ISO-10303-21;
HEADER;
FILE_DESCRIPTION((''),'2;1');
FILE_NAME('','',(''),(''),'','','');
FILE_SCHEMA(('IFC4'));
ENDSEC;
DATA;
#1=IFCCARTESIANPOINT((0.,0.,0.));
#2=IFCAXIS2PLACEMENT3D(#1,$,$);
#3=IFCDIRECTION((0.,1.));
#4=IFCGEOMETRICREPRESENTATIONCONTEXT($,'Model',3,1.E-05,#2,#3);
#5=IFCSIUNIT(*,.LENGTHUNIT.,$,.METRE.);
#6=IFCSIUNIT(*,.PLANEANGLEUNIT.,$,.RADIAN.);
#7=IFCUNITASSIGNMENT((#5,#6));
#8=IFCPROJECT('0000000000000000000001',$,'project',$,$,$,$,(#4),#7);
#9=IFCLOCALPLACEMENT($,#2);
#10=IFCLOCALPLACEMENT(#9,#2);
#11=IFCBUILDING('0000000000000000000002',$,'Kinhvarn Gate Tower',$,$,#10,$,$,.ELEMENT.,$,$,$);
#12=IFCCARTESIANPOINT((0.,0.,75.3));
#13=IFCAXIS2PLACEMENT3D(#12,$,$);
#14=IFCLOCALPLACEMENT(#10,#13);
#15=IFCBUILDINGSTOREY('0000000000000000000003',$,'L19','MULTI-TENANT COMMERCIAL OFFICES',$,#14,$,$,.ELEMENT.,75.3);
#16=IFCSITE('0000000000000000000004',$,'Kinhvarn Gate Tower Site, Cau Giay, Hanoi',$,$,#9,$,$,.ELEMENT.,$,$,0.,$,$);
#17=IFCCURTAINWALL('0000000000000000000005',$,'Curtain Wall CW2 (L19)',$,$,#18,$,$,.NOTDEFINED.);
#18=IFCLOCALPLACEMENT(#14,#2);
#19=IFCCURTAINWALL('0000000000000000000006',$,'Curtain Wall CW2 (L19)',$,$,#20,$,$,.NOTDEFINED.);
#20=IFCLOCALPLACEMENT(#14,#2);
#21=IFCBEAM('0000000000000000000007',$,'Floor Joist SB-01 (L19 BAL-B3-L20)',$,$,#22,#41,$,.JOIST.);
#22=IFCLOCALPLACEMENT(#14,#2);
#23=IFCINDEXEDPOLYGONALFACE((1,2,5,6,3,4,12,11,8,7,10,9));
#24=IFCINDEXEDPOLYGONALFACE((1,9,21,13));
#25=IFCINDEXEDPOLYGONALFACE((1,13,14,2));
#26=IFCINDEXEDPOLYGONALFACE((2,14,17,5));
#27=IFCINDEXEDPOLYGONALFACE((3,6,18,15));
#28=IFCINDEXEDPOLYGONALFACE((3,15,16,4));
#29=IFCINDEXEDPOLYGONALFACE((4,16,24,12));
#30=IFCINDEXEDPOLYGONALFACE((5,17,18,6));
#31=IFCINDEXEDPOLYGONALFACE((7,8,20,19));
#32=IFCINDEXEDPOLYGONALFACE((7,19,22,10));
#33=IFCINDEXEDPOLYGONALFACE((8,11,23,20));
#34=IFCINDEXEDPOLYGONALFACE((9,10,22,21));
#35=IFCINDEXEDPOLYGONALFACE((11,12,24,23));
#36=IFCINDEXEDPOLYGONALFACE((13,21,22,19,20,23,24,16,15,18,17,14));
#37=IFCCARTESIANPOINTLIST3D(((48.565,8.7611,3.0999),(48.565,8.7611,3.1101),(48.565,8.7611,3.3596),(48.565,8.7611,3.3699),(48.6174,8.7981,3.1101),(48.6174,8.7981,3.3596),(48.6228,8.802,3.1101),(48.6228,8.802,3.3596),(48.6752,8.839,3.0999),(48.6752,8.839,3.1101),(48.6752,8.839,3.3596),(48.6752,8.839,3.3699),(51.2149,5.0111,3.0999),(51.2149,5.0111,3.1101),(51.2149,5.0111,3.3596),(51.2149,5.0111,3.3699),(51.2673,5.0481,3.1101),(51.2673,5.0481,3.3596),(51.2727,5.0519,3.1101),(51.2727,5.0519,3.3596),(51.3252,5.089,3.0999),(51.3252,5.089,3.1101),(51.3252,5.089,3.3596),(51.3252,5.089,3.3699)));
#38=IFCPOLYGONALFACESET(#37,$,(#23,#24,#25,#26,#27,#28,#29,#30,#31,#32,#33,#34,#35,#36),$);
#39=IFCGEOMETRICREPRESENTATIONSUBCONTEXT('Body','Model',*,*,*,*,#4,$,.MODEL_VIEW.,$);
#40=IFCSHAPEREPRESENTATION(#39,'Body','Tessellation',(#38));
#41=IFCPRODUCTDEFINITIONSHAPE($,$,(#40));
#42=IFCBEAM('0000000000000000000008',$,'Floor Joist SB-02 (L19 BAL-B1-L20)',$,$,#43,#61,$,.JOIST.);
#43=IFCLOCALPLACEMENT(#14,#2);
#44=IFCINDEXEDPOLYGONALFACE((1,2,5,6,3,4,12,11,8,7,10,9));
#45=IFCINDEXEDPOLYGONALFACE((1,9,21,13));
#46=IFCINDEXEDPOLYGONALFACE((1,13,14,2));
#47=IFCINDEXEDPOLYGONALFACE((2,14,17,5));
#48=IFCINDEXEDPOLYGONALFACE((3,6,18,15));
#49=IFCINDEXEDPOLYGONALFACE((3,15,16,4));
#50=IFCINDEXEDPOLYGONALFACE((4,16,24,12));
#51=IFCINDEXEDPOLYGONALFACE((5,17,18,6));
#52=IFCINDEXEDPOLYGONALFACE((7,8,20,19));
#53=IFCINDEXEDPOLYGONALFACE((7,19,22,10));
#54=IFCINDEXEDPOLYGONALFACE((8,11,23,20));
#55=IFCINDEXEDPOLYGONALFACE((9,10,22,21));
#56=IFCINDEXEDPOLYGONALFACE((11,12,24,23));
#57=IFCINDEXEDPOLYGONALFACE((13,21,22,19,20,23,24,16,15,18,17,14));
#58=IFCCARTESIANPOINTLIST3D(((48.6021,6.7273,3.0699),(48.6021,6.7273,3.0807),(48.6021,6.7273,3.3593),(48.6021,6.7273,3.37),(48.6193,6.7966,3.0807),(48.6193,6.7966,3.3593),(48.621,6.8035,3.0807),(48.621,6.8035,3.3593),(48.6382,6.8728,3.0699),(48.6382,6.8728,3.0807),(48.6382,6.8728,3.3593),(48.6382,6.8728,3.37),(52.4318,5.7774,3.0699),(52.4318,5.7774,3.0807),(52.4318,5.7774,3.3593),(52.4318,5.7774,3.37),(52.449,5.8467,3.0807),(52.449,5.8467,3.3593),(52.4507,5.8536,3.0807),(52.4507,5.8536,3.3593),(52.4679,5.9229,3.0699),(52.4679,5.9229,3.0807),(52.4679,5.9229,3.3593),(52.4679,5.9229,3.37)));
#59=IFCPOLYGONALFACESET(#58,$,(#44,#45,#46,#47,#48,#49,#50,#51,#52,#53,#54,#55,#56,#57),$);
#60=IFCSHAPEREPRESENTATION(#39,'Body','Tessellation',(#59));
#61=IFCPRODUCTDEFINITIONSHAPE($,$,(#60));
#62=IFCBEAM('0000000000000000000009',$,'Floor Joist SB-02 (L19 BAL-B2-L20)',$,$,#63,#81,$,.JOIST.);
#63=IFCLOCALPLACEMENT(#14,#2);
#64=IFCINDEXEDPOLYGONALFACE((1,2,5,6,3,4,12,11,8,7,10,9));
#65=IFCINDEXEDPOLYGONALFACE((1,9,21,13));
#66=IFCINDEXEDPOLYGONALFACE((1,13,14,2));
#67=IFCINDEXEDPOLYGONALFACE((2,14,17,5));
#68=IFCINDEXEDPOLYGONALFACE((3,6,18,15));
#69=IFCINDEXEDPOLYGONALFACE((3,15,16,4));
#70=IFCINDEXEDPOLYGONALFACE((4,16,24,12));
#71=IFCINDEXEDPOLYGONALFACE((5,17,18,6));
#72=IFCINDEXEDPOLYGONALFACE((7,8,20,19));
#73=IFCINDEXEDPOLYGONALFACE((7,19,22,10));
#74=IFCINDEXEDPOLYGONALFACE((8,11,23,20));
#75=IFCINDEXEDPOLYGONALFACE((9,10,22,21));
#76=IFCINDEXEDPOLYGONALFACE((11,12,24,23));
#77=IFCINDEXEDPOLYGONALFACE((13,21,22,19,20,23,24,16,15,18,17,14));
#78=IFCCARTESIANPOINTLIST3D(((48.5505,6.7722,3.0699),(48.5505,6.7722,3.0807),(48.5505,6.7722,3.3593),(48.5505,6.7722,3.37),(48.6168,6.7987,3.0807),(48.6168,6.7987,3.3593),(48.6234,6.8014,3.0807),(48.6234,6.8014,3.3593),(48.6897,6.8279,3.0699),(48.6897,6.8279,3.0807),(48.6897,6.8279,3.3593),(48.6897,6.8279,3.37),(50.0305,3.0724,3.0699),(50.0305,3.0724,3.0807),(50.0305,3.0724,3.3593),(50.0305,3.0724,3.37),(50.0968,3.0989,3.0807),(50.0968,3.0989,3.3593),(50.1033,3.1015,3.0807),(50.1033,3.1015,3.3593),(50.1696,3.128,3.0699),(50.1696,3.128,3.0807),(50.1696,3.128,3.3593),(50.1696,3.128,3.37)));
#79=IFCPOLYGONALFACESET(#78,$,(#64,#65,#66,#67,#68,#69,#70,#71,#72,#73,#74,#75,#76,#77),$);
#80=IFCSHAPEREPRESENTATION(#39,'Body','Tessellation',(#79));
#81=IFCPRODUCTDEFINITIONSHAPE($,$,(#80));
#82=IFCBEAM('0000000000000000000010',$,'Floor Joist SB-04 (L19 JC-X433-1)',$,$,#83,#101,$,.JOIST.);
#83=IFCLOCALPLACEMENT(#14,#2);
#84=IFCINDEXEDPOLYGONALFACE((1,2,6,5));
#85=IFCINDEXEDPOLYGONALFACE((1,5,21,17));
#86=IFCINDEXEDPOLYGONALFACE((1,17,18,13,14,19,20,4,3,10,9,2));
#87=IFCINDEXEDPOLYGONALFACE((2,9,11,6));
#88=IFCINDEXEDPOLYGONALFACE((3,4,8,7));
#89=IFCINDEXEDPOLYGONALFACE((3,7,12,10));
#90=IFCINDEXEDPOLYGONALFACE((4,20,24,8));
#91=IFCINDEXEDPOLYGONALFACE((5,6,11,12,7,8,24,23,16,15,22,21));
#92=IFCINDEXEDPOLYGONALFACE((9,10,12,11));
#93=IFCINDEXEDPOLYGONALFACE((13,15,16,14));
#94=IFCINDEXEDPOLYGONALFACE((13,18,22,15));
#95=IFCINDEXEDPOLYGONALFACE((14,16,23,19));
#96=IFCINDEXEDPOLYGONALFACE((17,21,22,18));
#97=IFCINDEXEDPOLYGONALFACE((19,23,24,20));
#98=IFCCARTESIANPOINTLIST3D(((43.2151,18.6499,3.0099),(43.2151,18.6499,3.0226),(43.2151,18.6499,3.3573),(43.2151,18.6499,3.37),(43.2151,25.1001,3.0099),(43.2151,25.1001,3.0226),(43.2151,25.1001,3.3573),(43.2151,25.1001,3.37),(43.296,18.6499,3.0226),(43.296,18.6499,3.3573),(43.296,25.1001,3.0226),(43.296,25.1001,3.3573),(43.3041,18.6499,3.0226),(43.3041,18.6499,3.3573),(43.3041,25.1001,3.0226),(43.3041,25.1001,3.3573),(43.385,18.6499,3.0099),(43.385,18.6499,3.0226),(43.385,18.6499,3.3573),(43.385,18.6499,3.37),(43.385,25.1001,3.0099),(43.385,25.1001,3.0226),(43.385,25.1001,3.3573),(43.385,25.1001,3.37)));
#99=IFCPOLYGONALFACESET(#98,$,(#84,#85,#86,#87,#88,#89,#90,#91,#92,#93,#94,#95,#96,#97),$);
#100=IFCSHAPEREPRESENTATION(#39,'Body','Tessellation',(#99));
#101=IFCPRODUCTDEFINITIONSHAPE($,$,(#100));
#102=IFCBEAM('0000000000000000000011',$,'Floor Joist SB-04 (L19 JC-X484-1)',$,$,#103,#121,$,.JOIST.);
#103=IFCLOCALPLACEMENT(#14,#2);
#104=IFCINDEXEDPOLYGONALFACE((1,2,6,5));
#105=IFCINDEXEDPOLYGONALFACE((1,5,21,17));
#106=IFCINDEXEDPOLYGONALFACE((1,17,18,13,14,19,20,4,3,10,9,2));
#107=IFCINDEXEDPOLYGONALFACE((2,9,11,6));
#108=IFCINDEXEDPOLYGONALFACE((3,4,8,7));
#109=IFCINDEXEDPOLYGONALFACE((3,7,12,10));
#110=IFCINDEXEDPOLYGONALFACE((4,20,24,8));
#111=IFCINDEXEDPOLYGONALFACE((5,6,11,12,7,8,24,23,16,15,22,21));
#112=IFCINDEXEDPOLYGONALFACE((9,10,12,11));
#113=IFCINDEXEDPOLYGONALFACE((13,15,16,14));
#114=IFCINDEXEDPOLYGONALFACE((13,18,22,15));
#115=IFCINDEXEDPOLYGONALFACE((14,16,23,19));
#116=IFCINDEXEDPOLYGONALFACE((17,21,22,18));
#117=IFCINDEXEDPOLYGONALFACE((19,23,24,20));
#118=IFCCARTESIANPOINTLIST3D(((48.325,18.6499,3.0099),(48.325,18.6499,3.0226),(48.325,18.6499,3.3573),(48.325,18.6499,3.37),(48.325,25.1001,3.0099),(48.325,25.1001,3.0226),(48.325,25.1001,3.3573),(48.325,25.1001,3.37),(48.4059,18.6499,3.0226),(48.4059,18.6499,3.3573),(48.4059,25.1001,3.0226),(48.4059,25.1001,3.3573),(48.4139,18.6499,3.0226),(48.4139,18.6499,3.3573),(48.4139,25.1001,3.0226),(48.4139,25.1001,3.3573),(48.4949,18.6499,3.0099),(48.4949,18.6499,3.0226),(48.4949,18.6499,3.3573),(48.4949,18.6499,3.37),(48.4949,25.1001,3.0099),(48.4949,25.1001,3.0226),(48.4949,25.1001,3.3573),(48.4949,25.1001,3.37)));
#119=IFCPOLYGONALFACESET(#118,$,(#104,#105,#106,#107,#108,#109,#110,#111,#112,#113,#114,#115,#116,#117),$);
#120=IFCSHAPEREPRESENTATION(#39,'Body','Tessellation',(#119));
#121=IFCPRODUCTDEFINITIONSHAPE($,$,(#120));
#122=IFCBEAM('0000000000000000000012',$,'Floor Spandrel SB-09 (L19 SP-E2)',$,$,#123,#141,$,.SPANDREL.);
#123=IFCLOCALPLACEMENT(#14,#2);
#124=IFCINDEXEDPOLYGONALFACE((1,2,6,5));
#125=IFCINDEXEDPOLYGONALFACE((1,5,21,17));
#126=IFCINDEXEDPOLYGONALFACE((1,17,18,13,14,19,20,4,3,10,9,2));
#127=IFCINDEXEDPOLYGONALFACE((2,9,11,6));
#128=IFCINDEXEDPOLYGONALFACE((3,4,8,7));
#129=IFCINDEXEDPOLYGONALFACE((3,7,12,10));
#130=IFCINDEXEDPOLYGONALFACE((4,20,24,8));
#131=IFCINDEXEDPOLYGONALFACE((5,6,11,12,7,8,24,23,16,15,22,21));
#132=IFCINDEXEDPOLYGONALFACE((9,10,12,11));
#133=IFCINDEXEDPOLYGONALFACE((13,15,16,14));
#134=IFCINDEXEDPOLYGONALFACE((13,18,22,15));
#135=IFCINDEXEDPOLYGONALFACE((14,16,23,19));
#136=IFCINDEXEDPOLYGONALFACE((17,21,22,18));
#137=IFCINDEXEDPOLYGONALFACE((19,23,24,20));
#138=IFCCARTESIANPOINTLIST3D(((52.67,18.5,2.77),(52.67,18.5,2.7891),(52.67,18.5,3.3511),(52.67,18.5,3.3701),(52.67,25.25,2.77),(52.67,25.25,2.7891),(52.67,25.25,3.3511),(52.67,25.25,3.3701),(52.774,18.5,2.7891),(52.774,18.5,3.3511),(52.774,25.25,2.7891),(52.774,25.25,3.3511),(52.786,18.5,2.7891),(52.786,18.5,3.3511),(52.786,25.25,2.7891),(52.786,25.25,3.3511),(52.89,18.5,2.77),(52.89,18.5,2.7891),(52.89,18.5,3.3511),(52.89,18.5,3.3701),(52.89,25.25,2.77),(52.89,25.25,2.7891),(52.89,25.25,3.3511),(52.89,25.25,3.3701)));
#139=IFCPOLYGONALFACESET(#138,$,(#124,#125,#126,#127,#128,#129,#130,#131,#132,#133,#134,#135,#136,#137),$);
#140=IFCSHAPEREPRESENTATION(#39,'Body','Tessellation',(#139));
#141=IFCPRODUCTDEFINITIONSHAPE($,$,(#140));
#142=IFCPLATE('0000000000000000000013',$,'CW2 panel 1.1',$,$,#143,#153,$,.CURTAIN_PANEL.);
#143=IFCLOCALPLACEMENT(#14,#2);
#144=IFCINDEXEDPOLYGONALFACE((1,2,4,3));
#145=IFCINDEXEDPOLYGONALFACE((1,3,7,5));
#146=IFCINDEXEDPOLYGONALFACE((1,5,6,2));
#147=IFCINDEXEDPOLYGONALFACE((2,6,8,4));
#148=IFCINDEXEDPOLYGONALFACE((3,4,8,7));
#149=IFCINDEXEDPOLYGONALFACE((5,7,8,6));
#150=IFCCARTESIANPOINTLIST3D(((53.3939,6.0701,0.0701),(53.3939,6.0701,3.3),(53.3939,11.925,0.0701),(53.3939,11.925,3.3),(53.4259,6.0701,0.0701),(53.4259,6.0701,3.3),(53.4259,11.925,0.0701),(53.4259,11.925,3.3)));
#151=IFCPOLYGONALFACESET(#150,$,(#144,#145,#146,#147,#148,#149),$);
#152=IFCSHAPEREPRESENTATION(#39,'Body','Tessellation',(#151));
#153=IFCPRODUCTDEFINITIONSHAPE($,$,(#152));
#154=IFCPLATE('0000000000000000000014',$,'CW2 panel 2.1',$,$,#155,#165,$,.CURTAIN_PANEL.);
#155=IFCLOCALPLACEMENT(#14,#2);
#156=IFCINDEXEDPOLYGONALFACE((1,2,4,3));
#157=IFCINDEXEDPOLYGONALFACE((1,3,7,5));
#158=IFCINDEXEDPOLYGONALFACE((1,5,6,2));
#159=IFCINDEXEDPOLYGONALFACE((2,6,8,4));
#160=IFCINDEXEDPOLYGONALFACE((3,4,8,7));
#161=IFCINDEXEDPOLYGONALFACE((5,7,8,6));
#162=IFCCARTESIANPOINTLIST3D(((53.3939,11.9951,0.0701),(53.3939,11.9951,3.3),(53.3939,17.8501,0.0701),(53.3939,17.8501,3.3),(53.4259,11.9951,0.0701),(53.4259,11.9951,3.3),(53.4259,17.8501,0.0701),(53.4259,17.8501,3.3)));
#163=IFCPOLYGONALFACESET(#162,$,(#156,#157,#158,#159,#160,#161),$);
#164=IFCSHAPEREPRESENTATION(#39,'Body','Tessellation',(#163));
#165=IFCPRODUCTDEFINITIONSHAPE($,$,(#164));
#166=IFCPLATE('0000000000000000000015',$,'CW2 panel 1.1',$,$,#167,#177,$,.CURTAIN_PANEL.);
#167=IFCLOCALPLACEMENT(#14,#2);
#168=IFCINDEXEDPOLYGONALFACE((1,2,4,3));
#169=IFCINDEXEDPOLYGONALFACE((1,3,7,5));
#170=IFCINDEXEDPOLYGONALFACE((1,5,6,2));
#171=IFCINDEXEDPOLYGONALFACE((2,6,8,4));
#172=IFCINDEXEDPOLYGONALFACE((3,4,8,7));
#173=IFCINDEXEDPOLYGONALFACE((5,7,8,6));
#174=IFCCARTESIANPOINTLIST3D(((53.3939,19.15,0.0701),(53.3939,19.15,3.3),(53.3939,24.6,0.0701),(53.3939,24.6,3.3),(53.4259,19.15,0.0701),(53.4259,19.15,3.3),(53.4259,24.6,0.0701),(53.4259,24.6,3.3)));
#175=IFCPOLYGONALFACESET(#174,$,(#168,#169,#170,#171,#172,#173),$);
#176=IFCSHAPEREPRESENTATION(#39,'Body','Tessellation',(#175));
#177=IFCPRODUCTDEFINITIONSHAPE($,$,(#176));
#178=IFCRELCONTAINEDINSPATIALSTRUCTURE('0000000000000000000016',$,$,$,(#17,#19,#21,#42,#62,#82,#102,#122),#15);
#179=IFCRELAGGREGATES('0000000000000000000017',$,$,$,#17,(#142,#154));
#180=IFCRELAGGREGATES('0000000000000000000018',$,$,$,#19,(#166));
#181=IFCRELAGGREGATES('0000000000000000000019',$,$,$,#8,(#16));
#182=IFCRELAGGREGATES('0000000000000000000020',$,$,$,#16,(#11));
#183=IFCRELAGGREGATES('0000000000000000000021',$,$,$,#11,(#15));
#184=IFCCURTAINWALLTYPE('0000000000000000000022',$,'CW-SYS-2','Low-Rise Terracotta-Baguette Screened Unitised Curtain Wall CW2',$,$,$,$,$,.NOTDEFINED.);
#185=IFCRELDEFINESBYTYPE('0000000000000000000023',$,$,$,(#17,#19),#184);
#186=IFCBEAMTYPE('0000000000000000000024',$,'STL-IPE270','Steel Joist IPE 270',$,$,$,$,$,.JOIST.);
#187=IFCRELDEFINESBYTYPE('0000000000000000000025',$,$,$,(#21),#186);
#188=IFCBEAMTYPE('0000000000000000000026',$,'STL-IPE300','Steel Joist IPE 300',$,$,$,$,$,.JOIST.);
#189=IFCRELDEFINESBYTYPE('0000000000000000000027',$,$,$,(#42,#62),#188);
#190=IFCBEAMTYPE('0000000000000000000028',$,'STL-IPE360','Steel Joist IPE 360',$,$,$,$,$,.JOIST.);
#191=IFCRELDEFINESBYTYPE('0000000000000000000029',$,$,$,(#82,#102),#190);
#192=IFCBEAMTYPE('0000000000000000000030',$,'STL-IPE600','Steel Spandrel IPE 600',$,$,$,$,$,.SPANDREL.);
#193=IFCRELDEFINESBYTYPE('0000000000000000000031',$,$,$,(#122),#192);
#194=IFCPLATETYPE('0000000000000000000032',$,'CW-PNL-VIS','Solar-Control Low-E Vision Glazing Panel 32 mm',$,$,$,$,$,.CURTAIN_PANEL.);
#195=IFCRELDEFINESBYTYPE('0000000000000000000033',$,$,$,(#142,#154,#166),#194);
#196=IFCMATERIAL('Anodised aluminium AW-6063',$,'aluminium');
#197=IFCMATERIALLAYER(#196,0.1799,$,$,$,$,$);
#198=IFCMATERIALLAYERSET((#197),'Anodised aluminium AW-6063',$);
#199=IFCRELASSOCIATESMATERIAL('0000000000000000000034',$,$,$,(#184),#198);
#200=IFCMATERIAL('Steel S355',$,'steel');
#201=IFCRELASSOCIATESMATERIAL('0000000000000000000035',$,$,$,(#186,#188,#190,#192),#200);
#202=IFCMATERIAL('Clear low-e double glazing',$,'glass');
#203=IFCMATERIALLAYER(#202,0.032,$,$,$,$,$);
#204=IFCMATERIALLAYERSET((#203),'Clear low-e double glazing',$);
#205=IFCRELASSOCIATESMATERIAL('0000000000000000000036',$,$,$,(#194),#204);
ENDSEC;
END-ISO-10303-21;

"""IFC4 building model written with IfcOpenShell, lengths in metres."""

from ifc_helpers import new_model, si_unit, direction, frame, origin, origin_2d, place, context, subcontext, project, spatial, rectangle, i_section, extrude, material, layer, layer_set, material_profile, profile_set, type_object, element, aggregate, save


model = new_model("IFC4")

# Units and contexts
model_context = context("Model", 3, precision=1e-05, world=origin(), true_north=direction((0.0, 1.0)))
body_context = subcontext(model_context, "Body", "Model", "MODEL_VIEW")
ifc_project = project(units=[si_unit("LENGTHUNIT", "METRE"), si_unit("PLANEANGLEUNIT", "RADIAN")], contexts=[model_context])

# Site, building, storey
site_placement = place(None, origin())
site = spatial("IfcSite", under=ifc_project, at=site_placement, Name="Kinhvarn Gate Tower Site, Cau Giay, Hanoi", CompositionType="ELEMENT", RefElevation=0.0)
building_placement = place(site_placement, origin())
building = spatial("IfcBuilding", under=site, at=building_placement, Name="Kinhvarn Gate Tower", CompositionType="ELEMENT")
storey_placement = place(building_placement, frame((0.0, 0.0, 75.3)))
storey = spatial("IfcBuildingStorey", under=building, at=storey_placement, Name="L19", Description="MULTI-TENANT COMMERCIAL OFFICES", CompositionType="ELEMENT", Elevation=75.3)

# Curtain wall
ifc_material_1 = material(Name="Anodised aluminium AW-6063", Category="aluminium")
ifc_layer_1 = layer(ifc_material_1, 0.1799)
ifc_layer_set_1 = layer_set([ifc_layer_1], Name="Anodised aluminium AW-6063")
curtain_wall_type = type_object("IfcCurtainWallType", Name="CW-SYS-2", Description="Low-Rise Terracotta-Baguette Screened Unitised Curtain Wall CW2", PredefinedType="NOTDEFINED", material=ifc_layer_set_1)
curtain_wall_1_placement = place(storey_placement, origin())
curtain_wall_1 = element("IfcCurtainWall", 1, at=curtain_wall_1_placement, inside=storey, type_object=curtain_wall_type, Name="Curtain Wall CW2 (L19)", PredefinedType="NOTDEFINED")

# Curtain wall
curtain_wall_2_placement = place(storey_placement, origin())
curtain_wall_2 = element("IfcCurtainWall", 2, at=curtain_wall_2_placement, inside=storey, type_object=curtain_wall_type, Name="Curtain Wall CW2 (L19)", PredefinedType="NOTDEFINED")

# Beams
ifc_material_2 = material(Name="Steel S355", Category="steel")
ifc_material_profile_1 = material_profile(ifc_material_2, i_section(OverallWidth=0.135, OverallDepth=0.27, WebThickness=0.0066, FlangeThickness=0.0103, at=origin_2d()), Name="IPE 270")
ifc_profile_set_1 = profile_set([ifc_material_profile_1], Name="Steel S355")
beam_type_1 = type_object("IfcBeamType", Name="STL-IPE270", Description="Steel Joist IPE 270", PredefinedType="JOIST", material=ifc_profile_set_1)
beam_1_placement = place(storey_placement, frame((48.6201, 8.8, 3.2349), z_axis=(0.577096, -0.816676, 0.0), x_axis=(0.816676, 0.577096, 0.0)))
element("IfcBeam", 3, at=beam_1_placement, inside=storey, type_object=beam_type_1, Name="Floor Joist SB-01 (L19 BAL-B3-L20)", PredefinedType="JOIST", context=body_context, shape_type="SweptSolid", body=[
    extrude(i_section(OverallWidth=0.135, OverallDepth=0.27, WebThickness=0.0066, FlangeThickness=0.0103, at=origin_2d()), origin(), (0.0, 0.0, 1.0), 4.5918),
])
ifc_material_profile_2 = material_profile(ifc_material_2, i_section(OverallWidth=0.1499, OverallDepth=0.3, WebThickness=0.0071, FlangeThickness=0.0107, at=origin_2d()), Name="IPE 300")
ifc_profile_set_2 = profile_set([ifc_material_profile_2], Name="Steel S355")
beam_type_2 = type_object("IfcBeamType", Name="STL-IPE300", Description="Steel Joist IPE 300", PredefinedType="JOIST", material=ifc_profile_set_2)
beam_2_placement = place(storey_placement, frame((48.6201, 6.8, 3.22), z_axis=(0.970589, -0.240745, 0.0), x_axis=(0.240745, 0.970589, 0.0)))
element("IfcBeam", 4, at=beam_2_placement, inside=storey, type_object=beam_type_2, Name="Floor Joist SB-02 (L19 BAL-B1-L20)", PredefinedType="JOIST", context=body_context, shape_type="SweptSolid", body=[
    extrude(i_section(OverallWidth=0.1499, OverallDepth=0.3, WebThickness=0.0071, FlangeThickness=0.0107, at=origin_2d()), origin(), (0.0, 0.0, 1.0), 3.9458),
])
beam_3_placement = place(storey_placement, frame((48.6201, 6.8, 3.22), z_axis=(0.371391, -0.928477, 0.0), x_axis=(0.928477, 0.371391, 0.0)))
element("IfcBeam", 5, at=beam_3_placement, inside=storey, type_object=beam_type_2, Name="Floor Joist SB-02 (L19 BAL-B2-L20)", PredefinedType="JOIST", context=body_context, shape_type="SweptSolid", body=[
    extrude(i_section(OverallWidth=0.1499, OverallDepth=0.3, WebThickness=0.0071, FlangeThickness=0.0107, at=origin_2d()), origin(), (0.0, 0.0, 1.0), 3.9849),
])
ifc_material_profile_3 = material_profile(ifc_material_2, i_section(OverallWidth=0.1699, OverallDepth=0.3601, WebThickness=0.0081, FlangeThickness=0.0127, at=origin_2d()), Name="IPE 360")
ifc_profile_set_3 = profile_set([ifc_material_profile_3], Name="Steel S355")
beam_type_3 = type_object("IfcBeamType", Name="STL-IPE360", Description="Steel Joist IPE 360", PredefinedType="JOIST", material=ifc_profile_set_3)
for number, where, z_axis, x_axis, name in (
    (6, (43.3, 18.6499, 3.1899), (0.0, 1.0, 0.0), (-1.0, 0.0, 0.0), "Floor Joist SB-04 (L19 JC-X433-1)"),
    (7, (48.4099, 18.6499, 3.1899), (0.0, 1.0, 0.0), (-1.0, 0.0, 0.0), "Floor Joist SB-04 (L19 JC-X484-1)"),
):
    element("IfcBeam", number, at=place(storey_placement, frame(where, z_axis=z_axis, x_axis=x_axis)), inside=storey, type_object=beam_type_3, Name=name, PredefinedType="JOIST", context=body_context, shape_type="SweptSolid", body=[
        extrude(i_section(OverallWidth=0.1699, OverallDepth=0.3601, WebThickness=0.0081, FlangeThickness=0.0127, at=origin_2d()), origin(), (0.0, 0.0, 1.0), 6.4502),
    ])
ifc_material_profile_4 = material_profile(ifc_material_2, i_section(OverallWidth=0.22, OverallDepth=0.6001, WebThickness=0.012, FlangeThickness=0.019, at=origin_2d()), Name="IPE 600")
ifc_profile_set_4 = profile_set([ifc_material_profile_4], Name="Steel S355")
beam_type_4 = type_object("IfcBeamType", Name="STL-IPE600", Description="Steel Spandrel IPE 600", PredefinedType="SPANDREL", material=ifc_profile_set_4)
beam_4_placement = place(storey_placement, frame((52.78, 18.5, 3.0701), z_axis=(0.0, 1.0, 0.0), x_axis=(-1.0, 0.0, 0.0)))
element("IfcBeam", 8, at=beam_4_placement, inside=storey, type_object=beam_type_4, Name="Floor Spandrel SB-09 (L19 SP-E2)", PredefinedType="SPANDREL", context=body_context, shape_type="SweptSolid", body=[
    extrude(i_section(OverallWidth=0.22, OverallDepth=0.6001, WebThickness=0.012, FlangeThickness=0.019, at=origin_2d()), origin(), (0.0, 0.0, 1.0), 6.75),
])

# Plates
ifc_material_3 = material(Name="Clear low-e double glazing", Category="glass")
ifc_layer_2 = layer(ifc_material_3, 0.032)
ifc_layer_set_2 = layer_set([ifc_layer_2], Name="Clear low-e double glazing")
plate_type = type_object("IfcPlateType", Name="CW-PNL-VIS", Description="Solar-Control Low-E Vision Glazing Panel 32 mm", PredefinedType="CURTAIN_PANEL", material=ifc_layer_set_2)
plate_1_placement = place(storey_placement, frame((53.4099, 8.9976, 0.0701), z_axis=(0.0, 0.0, 1.0), x_axis=(0.0, 1.0, 0.0)))
plate_1 = element("IfcPlate", 9, at=plate_1_placement, type_object=plate_type, Name="CW2 panel 1.1", PredefinedType="CURTAIN_PANEL", context=body_context, shape_type="SweptSolid", body=[
    extrude(rectangle(XDim=5.855, YDim=0.032, at=origin_2d()), origin(), (0.0, 0.0, 1.0), 3.23),
])
plate_2_placement = place(storey_placement, frame((53.4099, 14.9226, 0.0701), z_axis=(0.0, 0.0, 1.0), x_axis=(0.0, 1.0, 0.0)))
plate_2 = element("IfcPlate", 10, at=plate_2_placement, type_object=plate_type, Name="CW2 panel 2.1", PredefinedType="CURTAIN_PANEL", context=body_context, shape_type="SweptSolid", body=[
    extrude(rectangle(XDim=5.855, YDim=0.032, at=origin_2d()), origin(), (0.0, 0.0, 1.0), 3.23),
])
aggregate(curtain_wall_1, [plate_1, plate_2])
plate_3_placement = place(storey_placement, frame((53.4099, 21.875, 0.0701), z_axis=(0.0, 0.0, 1.0), x_axis=(0.0, 1.0, 0.0)))
plate_3 = element("IfcPlate", 11, at=plate_3_placement, type_object=plate_type, Name="CW2 panel 1.1", PredefinedType="CURTAIN_PANEL", context=body_context, shape_type="SweptSolid", body=[
    extrude(rectangle(XDim=5.45, YDim=0.032, at=origin_2d()), origin(), (0.0, 0.0, 1.0), 3.23),
])
aggregate(curtain_wall_2, [plate_3])

save(model, "model.ifc")
